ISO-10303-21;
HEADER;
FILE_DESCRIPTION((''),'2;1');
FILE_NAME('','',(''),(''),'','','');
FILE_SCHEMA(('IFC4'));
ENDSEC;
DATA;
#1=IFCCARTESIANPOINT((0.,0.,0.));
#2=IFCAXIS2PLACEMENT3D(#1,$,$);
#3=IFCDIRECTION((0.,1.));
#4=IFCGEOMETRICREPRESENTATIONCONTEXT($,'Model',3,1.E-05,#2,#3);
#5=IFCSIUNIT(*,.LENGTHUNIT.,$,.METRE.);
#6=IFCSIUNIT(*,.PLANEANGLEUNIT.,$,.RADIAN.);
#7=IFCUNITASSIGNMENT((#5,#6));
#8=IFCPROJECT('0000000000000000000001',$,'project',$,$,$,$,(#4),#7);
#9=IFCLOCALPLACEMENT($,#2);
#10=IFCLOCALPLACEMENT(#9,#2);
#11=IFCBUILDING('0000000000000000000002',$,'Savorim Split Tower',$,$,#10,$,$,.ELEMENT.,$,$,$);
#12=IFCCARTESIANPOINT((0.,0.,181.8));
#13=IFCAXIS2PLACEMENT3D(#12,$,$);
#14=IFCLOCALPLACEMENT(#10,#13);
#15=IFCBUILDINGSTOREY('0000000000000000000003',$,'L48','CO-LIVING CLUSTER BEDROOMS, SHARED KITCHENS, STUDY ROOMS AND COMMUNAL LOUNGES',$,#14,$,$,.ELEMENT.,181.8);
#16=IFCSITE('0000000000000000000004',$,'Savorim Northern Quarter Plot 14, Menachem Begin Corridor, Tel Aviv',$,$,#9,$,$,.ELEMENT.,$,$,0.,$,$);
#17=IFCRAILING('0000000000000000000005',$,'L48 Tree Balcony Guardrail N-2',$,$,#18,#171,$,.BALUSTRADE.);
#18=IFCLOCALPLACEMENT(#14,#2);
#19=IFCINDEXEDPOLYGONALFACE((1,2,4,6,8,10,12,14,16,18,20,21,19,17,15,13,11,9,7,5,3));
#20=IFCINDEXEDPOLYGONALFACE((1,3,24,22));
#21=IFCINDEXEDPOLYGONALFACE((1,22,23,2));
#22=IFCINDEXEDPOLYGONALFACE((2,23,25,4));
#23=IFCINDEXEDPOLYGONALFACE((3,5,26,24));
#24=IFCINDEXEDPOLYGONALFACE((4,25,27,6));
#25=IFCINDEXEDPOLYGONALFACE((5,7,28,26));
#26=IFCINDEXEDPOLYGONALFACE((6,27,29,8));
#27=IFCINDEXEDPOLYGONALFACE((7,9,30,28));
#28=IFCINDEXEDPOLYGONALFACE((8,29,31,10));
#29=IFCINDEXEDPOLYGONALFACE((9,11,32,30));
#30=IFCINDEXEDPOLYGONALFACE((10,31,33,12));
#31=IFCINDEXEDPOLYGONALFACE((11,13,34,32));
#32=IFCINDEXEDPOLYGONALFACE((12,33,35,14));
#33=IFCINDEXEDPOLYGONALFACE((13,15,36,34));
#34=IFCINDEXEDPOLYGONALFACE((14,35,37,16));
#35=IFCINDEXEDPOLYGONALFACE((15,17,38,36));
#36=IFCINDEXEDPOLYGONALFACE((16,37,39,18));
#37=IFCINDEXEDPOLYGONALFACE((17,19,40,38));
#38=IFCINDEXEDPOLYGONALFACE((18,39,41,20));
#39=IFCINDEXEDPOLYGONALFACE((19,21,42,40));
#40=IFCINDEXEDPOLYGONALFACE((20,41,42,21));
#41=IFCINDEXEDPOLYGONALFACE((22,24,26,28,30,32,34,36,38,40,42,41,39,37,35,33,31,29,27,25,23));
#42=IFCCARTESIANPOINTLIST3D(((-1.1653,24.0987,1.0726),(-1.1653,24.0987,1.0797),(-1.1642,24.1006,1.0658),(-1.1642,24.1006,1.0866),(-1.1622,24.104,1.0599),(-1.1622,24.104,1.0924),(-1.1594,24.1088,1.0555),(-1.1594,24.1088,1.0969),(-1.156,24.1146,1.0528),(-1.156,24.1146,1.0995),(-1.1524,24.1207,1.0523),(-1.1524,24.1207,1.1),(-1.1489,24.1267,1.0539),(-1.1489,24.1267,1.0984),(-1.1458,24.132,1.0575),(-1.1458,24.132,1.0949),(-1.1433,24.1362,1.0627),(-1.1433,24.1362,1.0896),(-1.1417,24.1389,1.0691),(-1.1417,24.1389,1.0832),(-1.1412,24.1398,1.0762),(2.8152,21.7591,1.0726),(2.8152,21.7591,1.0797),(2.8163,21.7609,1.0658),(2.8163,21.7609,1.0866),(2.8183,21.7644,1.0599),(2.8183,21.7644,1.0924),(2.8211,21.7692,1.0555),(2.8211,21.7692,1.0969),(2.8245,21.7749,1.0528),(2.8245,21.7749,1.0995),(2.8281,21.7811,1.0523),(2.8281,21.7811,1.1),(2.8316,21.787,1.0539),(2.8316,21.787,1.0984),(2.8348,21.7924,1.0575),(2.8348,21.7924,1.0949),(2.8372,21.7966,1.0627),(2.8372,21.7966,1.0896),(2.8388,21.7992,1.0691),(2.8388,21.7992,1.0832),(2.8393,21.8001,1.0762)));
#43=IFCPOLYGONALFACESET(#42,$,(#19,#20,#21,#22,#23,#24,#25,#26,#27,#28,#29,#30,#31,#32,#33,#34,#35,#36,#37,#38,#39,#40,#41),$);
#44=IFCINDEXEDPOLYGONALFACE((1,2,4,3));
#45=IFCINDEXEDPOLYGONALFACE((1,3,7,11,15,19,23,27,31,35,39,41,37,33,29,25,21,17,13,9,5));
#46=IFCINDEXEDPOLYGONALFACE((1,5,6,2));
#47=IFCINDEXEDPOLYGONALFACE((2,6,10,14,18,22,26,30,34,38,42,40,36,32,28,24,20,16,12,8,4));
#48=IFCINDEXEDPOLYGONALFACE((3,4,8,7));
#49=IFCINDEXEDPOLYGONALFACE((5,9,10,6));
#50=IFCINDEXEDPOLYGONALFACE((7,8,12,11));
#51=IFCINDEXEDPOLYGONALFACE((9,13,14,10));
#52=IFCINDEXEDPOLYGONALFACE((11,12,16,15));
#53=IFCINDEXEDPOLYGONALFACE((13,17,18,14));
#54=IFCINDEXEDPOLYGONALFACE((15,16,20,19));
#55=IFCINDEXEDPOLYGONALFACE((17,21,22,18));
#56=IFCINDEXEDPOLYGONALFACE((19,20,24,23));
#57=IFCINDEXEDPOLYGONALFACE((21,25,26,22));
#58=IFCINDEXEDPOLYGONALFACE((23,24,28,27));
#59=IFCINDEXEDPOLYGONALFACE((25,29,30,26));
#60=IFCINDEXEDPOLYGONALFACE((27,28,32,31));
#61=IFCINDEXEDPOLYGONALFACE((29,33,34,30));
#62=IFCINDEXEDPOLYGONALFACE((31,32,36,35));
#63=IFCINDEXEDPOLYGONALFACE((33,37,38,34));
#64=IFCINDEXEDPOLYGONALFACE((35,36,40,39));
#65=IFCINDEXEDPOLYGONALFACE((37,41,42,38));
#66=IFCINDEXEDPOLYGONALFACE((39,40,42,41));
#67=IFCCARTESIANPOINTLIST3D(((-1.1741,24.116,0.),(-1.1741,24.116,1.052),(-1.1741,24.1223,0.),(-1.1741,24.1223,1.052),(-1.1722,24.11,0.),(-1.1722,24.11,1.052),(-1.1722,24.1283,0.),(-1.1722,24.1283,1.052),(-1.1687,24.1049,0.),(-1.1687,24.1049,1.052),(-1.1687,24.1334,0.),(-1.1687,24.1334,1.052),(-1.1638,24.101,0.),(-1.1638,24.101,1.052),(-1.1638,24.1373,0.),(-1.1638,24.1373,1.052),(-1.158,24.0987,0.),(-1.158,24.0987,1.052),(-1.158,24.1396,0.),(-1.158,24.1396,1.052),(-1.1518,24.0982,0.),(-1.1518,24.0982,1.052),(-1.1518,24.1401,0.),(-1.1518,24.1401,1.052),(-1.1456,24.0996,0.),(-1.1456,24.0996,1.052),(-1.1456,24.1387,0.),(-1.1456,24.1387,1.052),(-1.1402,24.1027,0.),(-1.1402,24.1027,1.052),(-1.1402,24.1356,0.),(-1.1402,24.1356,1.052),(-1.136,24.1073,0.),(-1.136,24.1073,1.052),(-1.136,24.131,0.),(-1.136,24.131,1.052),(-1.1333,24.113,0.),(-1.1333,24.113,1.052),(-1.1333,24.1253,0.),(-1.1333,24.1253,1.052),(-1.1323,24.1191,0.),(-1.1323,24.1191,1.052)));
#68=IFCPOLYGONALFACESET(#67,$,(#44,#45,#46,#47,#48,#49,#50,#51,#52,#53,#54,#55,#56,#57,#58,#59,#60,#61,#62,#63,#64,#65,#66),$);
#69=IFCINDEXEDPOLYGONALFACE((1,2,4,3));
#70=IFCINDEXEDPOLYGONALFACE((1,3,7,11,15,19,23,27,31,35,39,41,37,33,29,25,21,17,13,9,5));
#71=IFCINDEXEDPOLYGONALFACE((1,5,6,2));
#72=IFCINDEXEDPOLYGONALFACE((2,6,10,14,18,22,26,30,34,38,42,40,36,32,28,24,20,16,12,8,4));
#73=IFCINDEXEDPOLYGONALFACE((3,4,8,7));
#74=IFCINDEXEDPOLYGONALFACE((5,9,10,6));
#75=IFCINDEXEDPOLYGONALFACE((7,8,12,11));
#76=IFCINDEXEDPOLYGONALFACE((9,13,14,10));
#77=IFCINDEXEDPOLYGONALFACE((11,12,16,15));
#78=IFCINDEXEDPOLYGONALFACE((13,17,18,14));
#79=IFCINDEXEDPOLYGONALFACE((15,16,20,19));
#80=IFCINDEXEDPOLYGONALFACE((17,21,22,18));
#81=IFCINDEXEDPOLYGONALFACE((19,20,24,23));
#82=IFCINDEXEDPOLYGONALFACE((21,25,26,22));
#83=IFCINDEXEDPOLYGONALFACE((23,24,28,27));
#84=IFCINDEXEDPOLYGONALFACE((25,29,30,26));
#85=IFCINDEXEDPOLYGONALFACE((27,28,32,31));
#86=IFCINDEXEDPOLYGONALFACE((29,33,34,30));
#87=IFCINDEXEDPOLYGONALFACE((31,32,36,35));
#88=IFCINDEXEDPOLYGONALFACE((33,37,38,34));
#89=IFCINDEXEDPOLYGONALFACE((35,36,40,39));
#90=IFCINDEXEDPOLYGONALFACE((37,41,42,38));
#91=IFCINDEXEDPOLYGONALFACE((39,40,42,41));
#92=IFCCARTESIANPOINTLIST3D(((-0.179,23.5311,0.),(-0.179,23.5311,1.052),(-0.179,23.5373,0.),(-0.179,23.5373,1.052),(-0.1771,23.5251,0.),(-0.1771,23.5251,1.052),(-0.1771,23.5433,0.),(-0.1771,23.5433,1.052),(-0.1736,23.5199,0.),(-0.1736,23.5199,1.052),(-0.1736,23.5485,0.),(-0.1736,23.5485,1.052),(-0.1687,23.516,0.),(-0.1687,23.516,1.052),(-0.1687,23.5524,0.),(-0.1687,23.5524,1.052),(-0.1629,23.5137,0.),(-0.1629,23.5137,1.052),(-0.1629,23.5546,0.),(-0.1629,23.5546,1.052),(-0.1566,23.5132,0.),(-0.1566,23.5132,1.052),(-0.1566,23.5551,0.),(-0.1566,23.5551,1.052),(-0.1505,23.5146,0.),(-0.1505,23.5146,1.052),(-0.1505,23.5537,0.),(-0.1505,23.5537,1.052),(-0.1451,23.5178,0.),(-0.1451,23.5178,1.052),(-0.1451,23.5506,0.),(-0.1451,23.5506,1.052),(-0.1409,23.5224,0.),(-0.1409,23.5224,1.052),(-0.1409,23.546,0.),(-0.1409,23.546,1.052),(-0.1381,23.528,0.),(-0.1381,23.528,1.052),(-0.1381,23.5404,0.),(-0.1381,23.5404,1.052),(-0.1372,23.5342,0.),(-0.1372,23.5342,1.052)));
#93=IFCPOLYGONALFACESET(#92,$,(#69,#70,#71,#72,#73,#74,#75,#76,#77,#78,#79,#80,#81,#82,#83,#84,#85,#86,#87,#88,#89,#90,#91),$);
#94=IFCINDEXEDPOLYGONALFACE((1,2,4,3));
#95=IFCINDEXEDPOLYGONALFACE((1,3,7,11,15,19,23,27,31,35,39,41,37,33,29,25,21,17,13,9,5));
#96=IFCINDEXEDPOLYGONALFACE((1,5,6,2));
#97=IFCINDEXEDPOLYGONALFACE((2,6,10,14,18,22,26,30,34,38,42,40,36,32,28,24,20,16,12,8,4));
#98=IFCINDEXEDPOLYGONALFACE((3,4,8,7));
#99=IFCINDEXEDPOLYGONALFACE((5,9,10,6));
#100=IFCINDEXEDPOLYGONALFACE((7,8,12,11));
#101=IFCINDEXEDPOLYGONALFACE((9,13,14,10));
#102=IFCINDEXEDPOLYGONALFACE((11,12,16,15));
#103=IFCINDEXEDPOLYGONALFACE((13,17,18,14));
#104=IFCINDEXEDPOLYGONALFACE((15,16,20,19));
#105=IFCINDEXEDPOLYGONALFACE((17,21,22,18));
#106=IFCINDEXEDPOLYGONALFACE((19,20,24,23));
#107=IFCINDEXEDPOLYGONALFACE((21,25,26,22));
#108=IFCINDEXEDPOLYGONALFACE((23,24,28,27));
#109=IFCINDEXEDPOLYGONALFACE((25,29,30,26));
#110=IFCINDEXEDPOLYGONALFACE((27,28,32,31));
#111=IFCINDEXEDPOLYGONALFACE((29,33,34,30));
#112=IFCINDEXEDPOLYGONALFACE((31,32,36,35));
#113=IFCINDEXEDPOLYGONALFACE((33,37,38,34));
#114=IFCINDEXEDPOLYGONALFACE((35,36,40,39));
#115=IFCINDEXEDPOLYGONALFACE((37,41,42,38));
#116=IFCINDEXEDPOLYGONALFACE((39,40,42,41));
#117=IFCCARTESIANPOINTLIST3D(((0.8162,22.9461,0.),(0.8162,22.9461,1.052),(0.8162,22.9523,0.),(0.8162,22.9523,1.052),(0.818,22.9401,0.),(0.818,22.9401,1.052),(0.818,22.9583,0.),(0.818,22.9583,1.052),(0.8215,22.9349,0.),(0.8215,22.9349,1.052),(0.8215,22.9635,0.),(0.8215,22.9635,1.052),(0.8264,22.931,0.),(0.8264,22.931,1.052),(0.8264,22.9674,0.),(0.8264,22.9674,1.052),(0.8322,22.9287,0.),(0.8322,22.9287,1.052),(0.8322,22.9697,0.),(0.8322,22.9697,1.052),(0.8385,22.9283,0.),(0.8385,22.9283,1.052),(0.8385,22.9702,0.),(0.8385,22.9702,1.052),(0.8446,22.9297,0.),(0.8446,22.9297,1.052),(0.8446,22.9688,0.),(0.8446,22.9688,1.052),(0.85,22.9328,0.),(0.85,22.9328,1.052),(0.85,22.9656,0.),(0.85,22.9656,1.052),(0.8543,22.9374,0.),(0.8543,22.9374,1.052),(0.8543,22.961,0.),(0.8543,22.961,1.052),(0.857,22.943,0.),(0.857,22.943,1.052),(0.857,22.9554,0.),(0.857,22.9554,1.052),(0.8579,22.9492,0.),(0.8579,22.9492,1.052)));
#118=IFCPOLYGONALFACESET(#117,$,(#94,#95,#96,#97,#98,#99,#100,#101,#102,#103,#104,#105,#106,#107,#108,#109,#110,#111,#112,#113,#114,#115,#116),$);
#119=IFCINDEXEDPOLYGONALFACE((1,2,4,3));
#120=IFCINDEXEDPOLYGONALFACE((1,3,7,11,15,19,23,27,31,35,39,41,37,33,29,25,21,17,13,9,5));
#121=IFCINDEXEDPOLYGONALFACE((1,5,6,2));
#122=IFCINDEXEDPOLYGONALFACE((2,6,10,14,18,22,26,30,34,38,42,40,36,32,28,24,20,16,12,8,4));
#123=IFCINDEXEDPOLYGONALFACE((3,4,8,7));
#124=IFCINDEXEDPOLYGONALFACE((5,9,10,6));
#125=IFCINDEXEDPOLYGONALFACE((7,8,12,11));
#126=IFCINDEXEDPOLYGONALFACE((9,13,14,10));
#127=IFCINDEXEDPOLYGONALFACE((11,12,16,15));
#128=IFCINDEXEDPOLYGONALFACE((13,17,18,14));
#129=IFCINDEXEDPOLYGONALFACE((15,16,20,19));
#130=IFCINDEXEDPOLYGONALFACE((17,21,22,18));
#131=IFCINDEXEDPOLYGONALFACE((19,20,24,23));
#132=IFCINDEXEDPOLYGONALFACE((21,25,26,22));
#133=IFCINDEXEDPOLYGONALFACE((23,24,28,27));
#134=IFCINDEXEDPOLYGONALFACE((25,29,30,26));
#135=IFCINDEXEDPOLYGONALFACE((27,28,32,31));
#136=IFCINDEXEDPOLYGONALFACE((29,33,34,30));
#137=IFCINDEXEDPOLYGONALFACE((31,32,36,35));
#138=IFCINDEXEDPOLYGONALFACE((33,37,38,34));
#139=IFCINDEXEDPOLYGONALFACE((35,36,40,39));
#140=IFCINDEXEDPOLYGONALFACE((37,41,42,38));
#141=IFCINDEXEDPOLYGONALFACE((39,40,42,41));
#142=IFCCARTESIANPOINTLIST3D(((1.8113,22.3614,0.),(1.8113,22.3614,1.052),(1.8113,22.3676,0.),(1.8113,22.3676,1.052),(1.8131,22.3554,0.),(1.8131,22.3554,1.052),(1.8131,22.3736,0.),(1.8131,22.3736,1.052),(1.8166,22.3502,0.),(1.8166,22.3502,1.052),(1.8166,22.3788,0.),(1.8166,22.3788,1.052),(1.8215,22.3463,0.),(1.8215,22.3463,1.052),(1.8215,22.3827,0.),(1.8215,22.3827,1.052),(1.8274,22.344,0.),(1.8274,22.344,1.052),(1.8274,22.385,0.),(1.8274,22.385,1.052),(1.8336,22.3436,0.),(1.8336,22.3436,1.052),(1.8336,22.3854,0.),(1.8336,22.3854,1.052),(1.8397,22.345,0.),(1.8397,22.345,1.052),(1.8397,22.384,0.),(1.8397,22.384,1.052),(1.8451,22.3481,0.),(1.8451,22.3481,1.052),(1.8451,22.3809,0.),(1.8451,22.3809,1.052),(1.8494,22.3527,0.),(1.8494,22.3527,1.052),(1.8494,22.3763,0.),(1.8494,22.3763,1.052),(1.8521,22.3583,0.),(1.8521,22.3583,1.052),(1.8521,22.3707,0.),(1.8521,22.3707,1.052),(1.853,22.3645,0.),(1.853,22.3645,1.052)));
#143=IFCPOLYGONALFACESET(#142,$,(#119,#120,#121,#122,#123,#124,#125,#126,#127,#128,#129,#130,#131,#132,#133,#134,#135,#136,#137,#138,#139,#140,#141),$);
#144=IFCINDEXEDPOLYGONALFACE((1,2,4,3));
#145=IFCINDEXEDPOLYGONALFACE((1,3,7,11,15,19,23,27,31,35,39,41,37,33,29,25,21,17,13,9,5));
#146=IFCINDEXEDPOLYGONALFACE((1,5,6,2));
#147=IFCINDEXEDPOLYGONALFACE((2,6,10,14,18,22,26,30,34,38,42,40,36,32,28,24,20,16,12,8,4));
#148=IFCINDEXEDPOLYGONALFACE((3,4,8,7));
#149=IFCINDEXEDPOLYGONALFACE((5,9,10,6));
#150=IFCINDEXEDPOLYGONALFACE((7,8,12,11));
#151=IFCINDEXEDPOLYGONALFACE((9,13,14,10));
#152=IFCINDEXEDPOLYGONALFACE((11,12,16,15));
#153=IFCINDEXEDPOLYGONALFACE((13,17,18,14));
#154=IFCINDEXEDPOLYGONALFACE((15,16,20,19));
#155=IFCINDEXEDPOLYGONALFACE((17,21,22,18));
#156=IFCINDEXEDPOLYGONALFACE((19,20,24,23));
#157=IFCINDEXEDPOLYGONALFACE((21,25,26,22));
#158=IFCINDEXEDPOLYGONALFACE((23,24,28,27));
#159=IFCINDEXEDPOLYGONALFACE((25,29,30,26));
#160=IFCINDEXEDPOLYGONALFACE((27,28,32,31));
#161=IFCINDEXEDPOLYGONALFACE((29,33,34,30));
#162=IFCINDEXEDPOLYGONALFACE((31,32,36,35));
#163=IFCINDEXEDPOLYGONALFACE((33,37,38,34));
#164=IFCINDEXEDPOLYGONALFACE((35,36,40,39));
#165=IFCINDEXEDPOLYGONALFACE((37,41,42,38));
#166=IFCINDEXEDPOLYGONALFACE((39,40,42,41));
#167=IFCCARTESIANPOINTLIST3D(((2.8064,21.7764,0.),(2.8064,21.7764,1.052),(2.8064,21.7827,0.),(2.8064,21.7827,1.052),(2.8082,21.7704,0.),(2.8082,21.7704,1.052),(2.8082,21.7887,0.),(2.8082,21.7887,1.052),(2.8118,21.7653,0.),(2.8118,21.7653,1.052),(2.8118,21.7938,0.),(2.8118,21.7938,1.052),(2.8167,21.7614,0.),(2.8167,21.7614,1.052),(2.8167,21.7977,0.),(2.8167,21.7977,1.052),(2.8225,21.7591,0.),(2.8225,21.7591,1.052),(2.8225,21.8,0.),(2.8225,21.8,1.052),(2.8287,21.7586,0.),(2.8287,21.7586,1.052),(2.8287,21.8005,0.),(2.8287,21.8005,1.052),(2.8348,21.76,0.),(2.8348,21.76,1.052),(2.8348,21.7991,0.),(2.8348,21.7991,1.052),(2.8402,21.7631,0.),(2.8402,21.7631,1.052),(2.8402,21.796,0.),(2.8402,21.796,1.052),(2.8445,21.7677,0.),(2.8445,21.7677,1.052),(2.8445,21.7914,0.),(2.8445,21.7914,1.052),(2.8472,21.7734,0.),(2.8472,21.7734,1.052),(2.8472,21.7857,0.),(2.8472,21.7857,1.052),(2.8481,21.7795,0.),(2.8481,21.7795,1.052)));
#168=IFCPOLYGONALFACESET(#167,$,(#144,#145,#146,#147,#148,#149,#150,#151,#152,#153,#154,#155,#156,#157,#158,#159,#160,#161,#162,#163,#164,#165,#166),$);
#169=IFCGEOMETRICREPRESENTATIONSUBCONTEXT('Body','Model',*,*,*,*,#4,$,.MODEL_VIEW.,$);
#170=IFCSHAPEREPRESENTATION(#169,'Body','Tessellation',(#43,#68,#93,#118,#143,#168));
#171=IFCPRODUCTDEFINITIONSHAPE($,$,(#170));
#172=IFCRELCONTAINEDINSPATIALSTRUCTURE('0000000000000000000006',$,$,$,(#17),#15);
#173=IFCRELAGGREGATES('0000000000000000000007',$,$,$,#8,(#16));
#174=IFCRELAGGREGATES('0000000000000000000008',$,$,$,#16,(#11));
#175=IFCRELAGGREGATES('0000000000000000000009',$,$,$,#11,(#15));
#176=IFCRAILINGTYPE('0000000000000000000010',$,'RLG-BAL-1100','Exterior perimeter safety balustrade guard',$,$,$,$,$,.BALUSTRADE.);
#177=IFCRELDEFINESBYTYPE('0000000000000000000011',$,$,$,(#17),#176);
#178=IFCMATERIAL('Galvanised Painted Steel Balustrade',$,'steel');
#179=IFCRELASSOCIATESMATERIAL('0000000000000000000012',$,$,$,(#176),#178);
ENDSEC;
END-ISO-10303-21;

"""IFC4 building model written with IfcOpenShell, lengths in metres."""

from ifc_helpers import new_model, si_unit, direction, frame, origin, origin_2d, place, context, subcontext, project, spatial, circle, extrude, material, type_object, element, save


model = new_model("IFC4")

# Units and contexts
model_context = context("Model", 3, precision=1e-05, world=origin(), true_north=direction((0.0, 1.0)))
body_context = subcontext(model_context, "Body", "Model", "MODEL_VIEW")
ifc_project = project(units=[si_unit("LENGTHUNIT", "METRE"), si_unit("PLANEANGLEUNIT", "RADIAN")], contexts=[model_context])

# Site, building, storey
site_placement = place(None, origin())
site = spatial("IfcSite", under=ifc_project, at=site_placement, Name="Savorim Northern Quarter Plot 14, Menachem Begin Corridor, Tel Aviv", CompositionType="ELEMENT", RefElevation=0.0)
building_placement = place(site_placement, origin())
building = spatial("IfcBuilding", under=site, at=building_placement, Name="Savorim Split Tower", CompositionType="ELEMENT")
storey_placement = place(building_placement, frame((0.0, 0.0, 181.8)))
storey = spatial("IfcBuildingStorey", under=building, at=storey_placement, Name="L48", Description="CO-LIVING CLUSTER BEDROOMS, SHARED KITCHENS, STUDY ROOMS AND COMMUNAL LOUNGES", CompositionType="ELEMENT", Elevation=181.8)

# Railing
ifc_material_1 = material(Name="Galvanised Painted Steel Balustrade", Category="steel")
railing_type = type_object("IfcRailingType", Name="RLG-BAL-1100", Description="Exterior perimeter safety balustrade guard", PredefinedType="BALUSTRADE", material=ifc_material_1)
railing_1_placement = place(storey_placement, frame((-1.1533, 24.1191, 0.0)))
element("IfcRailing", 1, at=railing_1_placement, inside=storey, type_object=railing_type, Name="L48 Tree Balcony Guardrail N-2", PredefinedType="BALUSTRADE", context=body_context, shape_type="SweptSolid", body=[
    extrude(circle(Radius=0.0239, at=origin_2d()), frame((0.0, 0.0, 1.0762), z_axis=(0.86211, -0.506722, 0.0), x_axis=(0.506722, 0.86211, 0.0)), (0.0, 0.0, 1.0), 4.6172),
    extrude(circle(Radius=0.021, at=origin_2d()), origin(), (0.0, 0.0, 1.0), 1.052),
    extrude(circle(Radius=0.021, at=origin_2d()), frame((0.9951, -0.585, 0.0)), (0.0, 0.0, 1.0), 1.052),
    extrude(circle(Radius=0.021, at=origin_2d()), frame((1.9902, -1.1699, 0.0)), (0.0, 0.0, 1.0), 1.052),
    extrude(circle(Radius=0.021, at=origin_2d()), frame((2.9854, -1.7546, 0.0)), (0.0, 0.0, 1.0), 1.052),
    extrude(circle(Radius=0.021, at=origin_2d()), frame((3.9805, -2.3396, 0.0)), (0.0, 0.0, 1.0), 1.052),
])

save(model, "model.ifc")
